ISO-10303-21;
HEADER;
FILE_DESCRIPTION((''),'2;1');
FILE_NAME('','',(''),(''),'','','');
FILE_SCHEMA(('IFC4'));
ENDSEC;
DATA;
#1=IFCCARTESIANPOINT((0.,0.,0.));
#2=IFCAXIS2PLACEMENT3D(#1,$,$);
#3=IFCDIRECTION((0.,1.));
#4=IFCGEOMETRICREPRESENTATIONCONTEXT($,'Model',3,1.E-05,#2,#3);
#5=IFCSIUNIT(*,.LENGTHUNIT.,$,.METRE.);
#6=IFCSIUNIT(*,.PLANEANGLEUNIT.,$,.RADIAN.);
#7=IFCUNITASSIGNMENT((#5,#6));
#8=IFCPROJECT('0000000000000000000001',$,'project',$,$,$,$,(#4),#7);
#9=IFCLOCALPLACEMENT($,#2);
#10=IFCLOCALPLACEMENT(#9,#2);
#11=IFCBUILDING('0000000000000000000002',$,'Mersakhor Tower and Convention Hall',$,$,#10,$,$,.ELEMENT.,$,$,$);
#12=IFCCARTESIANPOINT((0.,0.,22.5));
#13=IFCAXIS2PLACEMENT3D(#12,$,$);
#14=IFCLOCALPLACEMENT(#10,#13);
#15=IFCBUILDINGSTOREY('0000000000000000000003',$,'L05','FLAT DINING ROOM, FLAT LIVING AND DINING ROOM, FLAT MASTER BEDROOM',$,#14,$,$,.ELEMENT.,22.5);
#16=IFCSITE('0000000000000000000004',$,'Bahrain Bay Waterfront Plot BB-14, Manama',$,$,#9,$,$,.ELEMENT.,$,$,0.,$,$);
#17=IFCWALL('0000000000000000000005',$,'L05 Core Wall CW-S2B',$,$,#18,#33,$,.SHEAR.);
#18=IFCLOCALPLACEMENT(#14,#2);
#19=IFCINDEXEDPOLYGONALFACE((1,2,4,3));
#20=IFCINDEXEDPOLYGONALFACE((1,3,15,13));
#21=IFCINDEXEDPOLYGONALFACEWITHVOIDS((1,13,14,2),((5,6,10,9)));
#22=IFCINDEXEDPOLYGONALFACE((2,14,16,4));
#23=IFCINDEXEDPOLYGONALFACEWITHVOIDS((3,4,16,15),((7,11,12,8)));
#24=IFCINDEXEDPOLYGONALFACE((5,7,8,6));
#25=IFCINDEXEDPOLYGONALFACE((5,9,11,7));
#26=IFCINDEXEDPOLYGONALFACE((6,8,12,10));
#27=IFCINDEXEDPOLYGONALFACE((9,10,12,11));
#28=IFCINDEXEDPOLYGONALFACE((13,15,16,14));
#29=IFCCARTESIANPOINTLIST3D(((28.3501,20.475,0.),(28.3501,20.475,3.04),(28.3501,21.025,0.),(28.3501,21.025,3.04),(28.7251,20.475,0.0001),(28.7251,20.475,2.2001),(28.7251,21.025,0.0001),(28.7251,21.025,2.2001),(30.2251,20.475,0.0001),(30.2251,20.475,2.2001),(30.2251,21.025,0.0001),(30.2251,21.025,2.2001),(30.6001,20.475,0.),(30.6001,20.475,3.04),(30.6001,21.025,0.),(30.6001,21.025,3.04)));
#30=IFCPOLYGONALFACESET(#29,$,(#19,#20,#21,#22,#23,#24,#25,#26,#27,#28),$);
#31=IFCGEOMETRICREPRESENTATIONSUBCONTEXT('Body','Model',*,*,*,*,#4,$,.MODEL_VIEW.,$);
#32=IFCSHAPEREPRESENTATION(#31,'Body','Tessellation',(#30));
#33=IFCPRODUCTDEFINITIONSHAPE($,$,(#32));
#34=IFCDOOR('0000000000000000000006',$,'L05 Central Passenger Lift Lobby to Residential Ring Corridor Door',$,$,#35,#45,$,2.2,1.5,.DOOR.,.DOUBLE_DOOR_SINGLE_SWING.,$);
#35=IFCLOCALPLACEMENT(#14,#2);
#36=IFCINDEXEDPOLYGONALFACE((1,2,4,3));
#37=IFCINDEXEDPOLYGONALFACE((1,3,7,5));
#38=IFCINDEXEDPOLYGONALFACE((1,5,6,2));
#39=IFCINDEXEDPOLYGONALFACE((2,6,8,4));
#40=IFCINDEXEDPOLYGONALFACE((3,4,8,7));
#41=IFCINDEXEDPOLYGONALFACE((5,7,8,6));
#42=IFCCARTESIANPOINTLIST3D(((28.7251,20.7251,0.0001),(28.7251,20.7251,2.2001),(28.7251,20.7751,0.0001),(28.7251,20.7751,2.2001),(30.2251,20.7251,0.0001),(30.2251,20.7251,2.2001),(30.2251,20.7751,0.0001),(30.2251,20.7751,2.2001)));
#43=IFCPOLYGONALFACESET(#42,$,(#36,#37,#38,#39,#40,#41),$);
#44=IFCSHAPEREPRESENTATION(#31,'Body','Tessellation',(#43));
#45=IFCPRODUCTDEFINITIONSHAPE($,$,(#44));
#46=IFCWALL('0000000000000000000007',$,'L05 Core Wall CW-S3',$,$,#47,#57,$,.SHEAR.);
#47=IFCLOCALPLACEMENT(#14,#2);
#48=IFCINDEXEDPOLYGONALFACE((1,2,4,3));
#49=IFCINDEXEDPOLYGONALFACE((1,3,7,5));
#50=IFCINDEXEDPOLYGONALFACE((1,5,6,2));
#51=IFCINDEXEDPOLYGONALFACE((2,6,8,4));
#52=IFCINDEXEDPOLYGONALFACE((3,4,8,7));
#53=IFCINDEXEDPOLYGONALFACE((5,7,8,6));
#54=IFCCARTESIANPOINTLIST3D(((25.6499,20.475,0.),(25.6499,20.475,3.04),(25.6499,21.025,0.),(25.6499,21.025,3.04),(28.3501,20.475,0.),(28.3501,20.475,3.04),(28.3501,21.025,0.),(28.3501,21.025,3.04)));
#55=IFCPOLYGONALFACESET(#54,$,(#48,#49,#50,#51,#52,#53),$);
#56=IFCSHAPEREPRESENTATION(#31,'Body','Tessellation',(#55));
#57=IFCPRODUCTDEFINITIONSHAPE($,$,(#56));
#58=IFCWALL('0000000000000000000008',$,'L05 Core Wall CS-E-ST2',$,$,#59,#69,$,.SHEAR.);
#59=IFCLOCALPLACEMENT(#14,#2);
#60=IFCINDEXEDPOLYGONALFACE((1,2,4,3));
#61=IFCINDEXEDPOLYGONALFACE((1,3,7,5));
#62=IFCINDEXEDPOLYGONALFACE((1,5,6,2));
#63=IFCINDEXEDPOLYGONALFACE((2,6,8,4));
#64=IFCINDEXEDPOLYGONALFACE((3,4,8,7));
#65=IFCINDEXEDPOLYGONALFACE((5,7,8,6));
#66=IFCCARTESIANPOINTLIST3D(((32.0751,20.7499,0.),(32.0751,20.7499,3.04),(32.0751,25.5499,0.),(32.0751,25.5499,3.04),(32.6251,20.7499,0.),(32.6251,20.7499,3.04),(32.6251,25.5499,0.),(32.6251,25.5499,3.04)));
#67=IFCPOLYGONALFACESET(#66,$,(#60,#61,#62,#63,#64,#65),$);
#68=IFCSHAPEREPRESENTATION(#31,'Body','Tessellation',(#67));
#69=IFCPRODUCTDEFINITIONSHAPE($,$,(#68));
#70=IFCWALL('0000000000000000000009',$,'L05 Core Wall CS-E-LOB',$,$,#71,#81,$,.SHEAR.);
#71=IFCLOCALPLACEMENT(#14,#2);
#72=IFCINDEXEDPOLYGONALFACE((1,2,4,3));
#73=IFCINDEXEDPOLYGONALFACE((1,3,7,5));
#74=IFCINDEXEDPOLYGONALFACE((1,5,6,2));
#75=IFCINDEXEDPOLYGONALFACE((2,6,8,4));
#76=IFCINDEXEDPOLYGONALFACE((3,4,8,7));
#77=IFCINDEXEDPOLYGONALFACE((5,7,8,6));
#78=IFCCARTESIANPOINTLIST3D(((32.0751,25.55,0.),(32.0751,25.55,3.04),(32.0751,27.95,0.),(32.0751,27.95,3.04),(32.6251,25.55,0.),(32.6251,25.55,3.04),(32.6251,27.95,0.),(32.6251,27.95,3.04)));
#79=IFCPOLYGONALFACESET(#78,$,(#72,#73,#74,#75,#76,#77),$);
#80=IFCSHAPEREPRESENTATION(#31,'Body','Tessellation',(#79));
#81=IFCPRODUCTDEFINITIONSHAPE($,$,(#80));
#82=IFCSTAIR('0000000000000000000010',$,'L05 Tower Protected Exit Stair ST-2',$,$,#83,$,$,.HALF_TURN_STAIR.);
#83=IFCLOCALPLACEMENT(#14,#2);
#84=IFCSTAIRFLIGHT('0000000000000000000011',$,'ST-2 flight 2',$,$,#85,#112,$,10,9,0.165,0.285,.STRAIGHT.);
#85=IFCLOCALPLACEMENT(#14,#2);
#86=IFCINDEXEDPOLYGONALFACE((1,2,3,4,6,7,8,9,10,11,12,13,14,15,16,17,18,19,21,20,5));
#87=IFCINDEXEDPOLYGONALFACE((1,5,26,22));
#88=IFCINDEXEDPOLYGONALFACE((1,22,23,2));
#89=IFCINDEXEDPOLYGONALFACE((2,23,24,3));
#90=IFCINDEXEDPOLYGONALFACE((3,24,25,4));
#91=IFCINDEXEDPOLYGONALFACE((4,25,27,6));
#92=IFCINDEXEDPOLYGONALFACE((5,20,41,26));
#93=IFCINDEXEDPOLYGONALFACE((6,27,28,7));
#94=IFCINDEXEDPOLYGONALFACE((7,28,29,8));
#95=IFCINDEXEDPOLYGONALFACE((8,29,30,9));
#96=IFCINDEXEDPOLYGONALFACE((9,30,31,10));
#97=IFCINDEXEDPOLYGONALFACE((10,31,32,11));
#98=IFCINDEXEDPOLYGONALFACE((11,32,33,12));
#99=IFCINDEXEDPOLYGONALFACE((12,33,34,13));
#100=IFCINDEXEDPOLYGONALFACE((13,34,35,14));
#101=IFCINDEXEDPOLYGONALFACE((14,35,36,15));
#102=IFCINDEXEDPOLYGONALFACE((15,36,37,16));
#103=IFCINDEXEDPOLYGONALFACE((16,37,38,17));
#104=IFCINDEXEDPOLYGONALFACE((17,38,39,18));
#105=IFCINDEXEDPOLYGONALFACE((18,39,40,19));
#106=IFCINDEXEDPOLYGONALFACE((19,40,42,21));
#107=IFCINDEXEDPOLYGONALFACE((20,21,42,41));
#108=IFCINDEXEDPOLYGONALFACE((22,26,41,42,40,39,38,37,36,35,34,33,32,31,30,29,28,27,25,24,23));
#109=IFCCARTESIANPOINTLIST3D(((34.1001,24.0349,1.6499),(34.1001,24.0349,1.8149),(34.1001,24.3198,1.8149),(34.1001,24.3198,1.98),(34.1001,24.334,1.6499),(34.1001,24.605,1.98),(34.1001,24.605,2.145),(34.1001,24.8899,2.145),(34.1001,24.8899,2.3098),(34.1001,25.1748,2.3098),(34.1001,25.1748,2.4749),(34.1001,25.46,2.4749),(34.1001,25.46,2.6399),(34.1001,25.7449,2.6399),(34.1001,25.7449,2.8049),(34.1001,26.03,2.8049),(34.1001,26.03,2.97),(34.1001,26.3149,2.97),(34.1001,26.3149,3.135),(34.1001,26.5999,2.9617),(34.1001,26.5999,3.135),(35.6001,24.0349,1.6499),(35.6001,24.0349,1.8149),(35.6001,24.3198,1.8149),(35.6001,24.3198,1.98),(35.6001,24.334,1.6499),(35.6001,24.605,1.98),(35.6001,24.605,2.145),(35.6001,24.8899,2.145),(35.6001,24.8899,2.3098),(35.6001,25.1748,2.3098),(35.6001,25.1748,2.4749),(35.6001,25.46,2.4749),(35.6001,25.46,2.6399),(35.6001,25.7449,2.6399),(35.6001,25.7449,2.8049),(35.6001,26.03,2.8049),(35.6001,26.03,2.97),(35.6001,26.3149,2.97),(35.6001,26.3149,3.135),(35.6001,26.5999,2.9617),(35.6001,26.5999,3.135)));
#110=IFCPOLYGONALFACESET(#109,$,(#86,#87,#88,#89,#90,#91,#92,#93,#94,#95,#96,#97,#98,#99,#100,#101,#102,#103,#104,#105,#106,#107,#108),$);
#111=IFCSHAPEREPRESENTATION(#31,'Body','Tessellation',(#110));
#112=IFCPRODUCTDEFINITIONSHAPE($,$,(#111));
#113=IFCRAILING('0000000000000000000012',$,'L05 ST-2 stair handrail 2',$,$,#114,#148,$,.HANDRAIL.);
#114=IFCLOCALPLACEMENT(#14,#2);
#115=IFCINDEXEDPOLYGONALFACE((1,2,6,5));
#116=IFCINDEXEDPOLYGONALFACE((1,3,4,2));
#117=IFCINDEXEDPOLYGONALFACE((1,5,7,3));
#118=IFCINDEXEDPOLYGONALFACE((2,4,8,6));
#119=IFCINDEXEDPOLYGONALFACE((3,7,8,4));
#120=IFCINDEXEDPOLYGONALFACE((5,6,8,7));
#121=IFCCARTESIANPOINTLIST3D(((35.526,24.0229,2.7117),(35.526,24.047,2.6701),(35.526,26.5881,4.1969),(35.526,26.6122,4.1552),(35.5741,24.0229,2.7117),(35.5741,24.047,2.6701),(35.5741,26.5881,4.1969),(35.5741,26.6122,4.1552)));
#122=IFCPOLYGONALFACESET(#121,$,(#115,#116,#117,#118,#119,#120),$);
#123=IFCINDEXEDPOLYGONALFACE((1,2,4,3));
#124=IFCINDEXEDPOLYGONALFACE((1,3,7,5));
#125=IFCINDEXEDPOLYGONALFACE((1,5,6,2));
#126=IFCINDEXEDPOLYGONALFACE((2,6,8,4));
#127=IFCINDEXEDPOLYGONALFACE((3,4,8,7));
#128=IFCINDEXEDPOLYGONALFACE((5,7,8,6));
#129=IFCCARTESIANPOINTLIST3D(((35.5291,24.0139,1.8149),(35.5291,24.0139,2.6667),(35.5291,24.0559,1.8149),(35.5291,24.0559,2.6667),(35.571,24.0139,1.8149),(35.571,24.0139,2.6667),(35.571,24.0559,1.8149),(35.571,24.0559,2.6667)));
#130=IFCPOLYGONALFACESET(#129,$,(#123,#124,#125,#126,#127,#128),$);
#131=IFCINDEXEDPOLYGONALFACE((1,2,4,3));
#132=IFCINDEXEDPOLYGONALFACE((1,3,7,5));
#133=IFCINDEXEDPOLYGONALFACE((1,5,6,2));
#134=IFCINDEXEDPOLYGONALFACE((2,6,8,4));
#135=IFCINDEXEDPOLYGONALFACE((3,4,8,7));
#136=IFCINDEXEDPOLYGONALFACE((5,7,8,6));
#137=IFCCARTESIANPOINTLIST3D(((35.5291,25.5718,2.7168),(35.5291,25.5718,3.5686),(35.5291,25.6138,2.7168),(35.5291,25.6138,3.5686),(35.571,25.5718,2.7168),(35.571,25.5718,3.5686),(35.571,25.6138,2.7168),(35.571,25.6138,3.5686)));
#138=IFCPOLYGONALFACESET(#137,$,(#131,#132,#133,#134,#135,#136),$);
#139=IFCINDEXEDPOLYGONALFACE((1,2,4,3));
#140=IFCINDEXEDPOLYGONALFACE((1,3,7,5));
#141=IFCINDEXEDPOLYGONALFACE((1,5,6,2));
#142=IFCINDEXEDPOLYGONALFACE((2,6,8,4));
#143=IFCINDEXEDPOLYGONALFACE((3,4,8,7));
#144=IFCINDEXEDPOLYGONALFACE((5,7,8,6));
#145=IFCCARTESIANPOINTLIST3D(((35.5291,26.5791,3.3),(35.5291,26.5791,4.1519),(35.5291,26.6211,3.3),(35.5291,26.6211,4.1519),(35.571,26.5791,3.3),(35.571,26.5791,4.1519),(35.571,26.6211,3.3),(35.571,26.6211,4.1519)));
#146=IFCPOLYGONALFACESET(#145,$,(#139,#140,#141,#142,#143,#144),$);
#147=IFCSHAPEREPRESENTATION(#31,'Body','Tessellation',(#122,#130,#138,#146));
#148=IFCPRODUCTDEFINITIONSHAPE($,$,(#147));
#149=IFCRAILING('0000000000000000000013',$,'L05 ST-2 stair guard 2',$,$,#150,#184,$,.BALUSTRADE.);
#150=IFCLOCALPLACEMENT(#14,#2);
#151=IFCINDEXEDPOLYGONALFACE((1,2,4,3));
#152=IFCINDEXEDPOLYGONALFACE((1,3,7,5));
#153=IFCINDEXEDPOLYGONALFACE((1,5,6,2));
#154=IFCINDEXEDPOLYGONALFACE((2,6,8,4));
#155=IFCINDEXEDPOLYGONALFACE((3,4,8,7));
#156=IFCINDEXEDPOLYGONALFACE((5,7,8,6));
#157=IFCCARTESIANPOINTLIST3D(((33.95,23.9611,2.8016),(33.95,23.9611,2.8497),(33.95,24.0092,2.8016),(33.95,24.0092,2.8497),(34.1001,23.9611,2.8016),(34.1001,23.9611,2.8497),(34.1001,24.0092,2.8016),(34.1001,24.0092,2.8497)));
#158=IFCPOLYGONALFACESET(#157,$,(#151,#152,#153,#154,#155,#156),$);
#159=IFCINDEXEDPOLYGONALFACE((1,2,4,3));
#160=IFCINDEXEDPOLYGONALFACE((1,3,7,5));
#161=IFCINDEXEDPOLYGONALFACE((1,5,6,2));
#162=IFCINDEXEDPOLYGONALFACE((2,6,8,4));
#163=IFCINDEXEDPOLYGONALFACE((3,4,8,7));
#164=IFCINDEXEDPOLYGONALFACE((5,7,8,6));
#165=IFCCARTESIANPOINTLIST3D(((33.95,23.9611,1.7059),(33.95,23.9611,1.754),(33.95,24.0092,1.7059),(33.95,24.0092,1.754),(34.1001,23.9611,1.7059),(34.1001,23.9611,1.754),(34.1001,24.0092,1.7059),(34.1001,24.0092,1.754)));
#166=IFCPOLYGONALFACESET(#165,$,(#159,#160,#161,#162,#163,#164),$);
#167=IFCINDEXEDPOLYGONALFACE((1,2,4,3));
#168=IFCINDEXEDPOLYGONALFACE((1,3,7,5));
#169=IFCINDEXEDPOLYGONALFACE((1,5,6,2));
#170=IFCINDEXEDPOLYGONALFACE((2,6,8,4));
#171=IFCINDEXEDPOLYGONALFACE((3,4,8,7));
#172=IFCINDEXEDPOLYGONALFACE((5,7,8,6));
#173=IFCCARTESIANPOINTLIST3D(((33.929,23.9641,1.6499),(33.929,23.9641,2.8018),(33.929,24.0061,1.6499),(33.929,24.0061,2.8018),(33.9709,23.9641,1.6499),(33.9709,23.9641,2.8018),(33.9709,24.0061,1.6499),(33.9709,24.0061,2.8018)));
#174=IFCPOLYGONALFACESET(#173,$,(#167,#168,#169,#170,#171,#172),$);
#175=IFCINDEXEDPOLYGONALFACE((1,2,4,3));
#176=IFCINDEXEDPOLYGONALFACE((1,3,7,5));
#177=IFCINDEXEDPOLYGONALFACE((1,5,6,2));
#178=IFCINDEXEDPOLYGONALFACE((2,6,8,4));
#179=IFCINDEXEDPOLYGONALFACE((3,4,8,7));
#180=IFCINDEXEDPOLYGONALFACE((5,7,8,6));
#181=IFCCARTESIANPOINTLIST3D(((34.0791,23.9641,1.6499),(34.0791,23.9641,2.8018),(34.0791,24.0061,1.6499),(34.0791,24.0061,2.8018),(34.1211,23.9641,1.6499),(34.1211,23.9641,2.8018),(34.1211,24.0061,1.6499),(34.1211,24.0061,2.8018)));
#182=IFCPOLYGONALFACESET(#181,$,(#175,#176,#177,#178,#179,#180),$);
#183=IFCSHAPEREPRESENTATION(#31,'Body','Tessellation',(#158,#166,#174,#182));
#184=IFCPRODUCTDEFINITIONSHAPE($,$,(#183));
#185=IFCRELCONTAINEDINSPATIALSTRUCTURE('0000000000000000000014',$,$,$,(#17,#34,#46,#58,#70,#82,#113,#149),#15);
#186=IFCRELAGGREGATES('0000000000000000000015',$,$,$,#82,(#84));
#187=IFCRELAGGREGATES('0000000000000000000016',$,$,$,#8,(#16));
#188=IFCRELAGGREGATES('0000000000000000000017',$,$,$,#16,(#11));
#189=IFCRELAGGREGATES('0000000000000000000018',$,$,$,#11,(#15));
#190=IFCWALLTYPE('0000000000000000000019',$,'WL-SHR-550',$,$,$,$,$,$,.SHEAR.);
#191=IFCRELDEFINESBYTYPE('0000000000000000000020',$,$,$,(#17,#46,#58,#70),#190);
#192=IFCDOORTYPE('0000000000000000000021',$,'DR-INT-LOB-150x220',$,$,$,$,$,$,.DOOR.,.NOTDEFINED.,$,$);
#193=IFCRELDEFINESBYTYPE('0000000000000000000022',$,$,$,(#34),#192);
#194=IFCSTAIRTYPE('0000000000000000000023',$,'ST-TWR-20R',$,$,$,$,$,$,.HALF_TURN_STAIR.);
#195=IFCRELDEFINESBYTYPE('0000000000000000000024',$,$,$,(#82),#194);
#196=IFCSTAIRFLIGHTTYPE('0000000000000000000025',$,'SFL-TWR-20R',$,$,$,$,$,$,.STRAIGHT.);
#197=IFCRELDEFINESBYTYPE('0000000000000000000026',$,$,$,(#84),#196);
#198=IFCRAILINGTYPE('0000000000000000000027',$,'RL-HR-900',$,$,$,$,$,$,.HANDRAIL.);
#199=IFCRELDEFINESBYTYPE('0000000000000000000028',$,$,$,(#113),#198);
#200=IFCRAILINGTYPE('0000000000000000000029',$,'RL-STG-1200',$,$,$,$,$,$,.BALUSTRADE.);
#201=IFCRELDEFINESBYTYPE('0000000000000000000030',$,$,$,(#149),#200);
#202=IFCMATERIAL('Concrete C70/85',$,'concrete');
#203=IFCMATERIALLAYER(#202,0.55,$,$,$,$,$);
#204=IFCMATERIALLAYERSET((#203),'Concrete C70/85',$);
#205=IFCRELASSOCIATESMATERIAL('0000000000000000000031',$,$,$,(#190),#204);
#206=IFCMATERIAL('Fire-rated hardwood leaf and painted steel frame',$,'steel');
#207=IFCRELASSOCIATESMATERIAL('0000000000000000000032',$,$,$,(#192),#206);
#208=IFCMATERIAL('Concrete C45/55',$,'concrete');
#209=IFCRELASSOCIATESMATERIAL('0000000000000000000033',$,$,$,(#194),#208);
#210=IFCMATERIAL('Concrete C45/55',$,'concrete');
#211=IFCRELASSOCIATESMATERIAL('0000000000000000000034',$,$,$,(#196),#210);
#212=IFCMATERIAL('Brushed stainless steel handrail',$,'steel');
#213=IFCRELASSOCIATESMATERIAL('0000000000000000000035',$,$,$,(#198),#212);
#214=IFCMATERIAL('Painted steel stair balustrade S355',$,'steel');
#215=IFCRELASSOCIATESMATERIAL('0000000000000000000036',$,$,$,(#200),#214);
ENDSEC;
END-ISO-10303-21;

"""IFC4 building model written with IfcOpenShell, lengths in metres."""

from ifc_helpers import new_model, si_unit, direction, frame, frame_2d, origin, origin_2d, place, context, subcontext, project, spatial, polyline, rectangle, outline, extrude, material, layer, layer_set, type_object, element, fill, aggregate, save


model = new_model("IFC4")

# Units and contexts
model_context = context("Model", 3, precision=1e-05, world=origin(), true_north=direction((0.0, 1.0)))
body_context = subcontext(model_context, "Body", "Model", "MODEL_VIEW")
ifc_project = project(units=[si_unit("LENGTHUNIT", "METRE"), si_unit("PLANEANGLEUNIT", "RADIAN")], contexts=[model_context])

# Site, building, storey
site_placement = place(None, origin())
site = spatial("IfcSite", under=ifc_project, at=site_placement, Name="Bahrain Bay Waterfront Plot BB-14, Manama", CompositionType="ELEMENT", RefElevation=0.0)
building_placement = place(site_placement, origin())
building = spatial("IfcBuilding", under=site, at=building_placement, Name="Mersakhor Tower and Convention Hall", CompositionType="ELEMENT")
storey_placement = place(building_placement, frame((0.0, 0.0, 22.5)))
storey = spatial("IfcBuildingStorey", under=building, at=storey_placement, Name="L05", Description="FLAT DINING ROOM, FLAT LIVING AND DINING ROOM, FLAT MASTER BEDROOM", CompositionType="ELEMENT", Elevation=22.5)

# Shared definitions
ifc_material_1 = material(Name="Concrete C70/85", Category="concrete")
ifc_layer_1 = layer(ifc_material_1, 0.55)
ifc_layer_set_1 = layer_set([ifc_layer_1], Name="Concrete C70/85")
wall_type_1 = type_object("IfcWallType", Name="WL-SHR-550", PredefinedType="SHEAR", material=ifc_layer_set_1)

# Wall, opening, door
wall_1_placement = place(storey_placement, frame((30.6001, 20.75, 0.0), z_axis=(0.0, 0.0, 1.0), x_axis=(-1.0, 0.0, 0.0)))
wall_1 = element("IfcWall", 1, at=wall_1_placement, inside=storey, type_object=wall_type_1, Name="L05 Core Wall CW-S2B", PredefinedType="SHEAR", context=body_context, shape_type="SweptSolid", body=[
    extrude(rectangle(XDim=2.25, YDim=0.55, at=frame_2d((1.125, 0.0))), origin(), (0.0, 0.0, 1.0), 3.04),
])
opening_1_placement = place(wall_1_placement, frame((0.375, 0.0, 0.0)))
opening_1 = element("IfcOpeningElement", 2, at=opening_1_placement, cuts=wall_1, PredefinedType="OPENING", context=body_context, shape_type="SweptSolid", body=[
    extrude(rectangle(XDim=1.5, YDim=2.2, at=frame_2d((0.75, 1.1001))), frame((0.0, 0.2849, 0.0), z_axis=(0.0, -1.0, 0.0), x_axis=(1.0, 0.0, 0.0)), (0.0, 0.0, 1.0), 0.5701),
])
ifc_material_2 = material(Name="Fire-rated hardwood leaf and painted steel frame", Category="steel")
door_type_1 = type_object("IfcDoorType", Name="DR-INT-LOB-150x220", OperationType="NOTDEFINED", PredefinedType="DOOR", material=ifc_material_2)
door_1_placement = place(opening_1_placement, origin())
door_1 = element("IfcDoor", 3, at=door_1_placement, inside=storey, type_object=door_type_1, Name="L05 Central Passenger Lift Lobby to Residential Ring Corridor Door", OperationType="DOUBLE_DOOR_SINGLE_SWING", OverallHeight=2.2, OverallWidth=1.5, PredefinedType="DOOR", context=body_context, shape_type="SweptSolid", body=[
    extrude(rectangle(XDim=1.5, YDim=2.2, at=frame_2d((0.75, 1.1001))), frame((0.0, 0.0249, 0.0), z_axis=(0.0, -1.0, 0.0), x_axis=(1.0, 0.0, 0.0)), (0.0, 0.0, 1.0), 0.05),
])
fill(opening_1, door_1)

# Walls
wall_2_placement = place(storey_placement, frame((28.3501, 20.75, 0.0), z_axis=(0.0, 0.0, 1.0), x_axis=(-1.0, 0.0, 0.0)))
element("IfcWall", 4, at=wall_2_placement, inside=storey, type_object=wall_type_1, Name="L05 Core Wall CW-S3", PredefinedType="SHEAR", context=body_context, shape_type="SweptSolid", body=[
    extrude(rectangle(XDim=2.7002, YDim=0.55, at=frame_2d((1.3501, 0.0))), origin(), (0.0, 0.0, 1.0), 3.04),
])
wall_3_placement = place(storey_placement, frame((32.3501, 20.75, 0.0), z_axis=(0.0, 0.0, 1.0), x_axis=(0.0, 1.0, 0.0)))
element("IfcWall", 5, at=wall_3_placement, inside=storey, type_object=wall_type_1, Name="L05 Core Wall CS-E-ST2", PredefinedType="SHEAR", context=body_context, shape_type="SweptSolid", body=[
    extrude(rectangle(XDim=4.8, YDim=0.55, at=frame_2d((2.3999, 0.0))), origin(), (0.0, 0.0, 1.0), 3.04),
])
wall_4_placement = place(storey_placement, frame((32.3501, 25.55, 0.0), z_axis=(0.0, 0.0, 1.0), x_axis=(0.0, 1.0, 0.0)))
element("IfcWall", 6, at=wall_4_placement, inside=storey, type_object=wall_type_1, Name="L05 Core Wall CS-E-LOB", PredefinedType="SHEAR", context=body_context, shape_type="SweptSolid", body=[
    extrude(rectangle(XDim=2.3999, YDim=0.55, at=frame_2d((1.2, 0.0))), origin(), (0.0, 0.0, 1.0), 3.04),
])

# Stair, stair flight
ifc_material_3 = material(Name="Concrete C45/55", Category="concrete")
stair_type = type_object("IfcStairType", Name="ST-TWR-20R", PredefinedType="HALF_TURN_STAIR", material=ifc_material_3)
stair_placement = place(storey_placement, origin())
stair = element("IfcStair", 7, at=stair_placement, inside=storey, type_object=stair_type, Name="L05 Tower Protected Exit Stair ST-2", PredefinedType="HALF_TURN_STAIR")
ifc_material_4 = material(Name="Concrete C45/55", Category="concrete")
stair_flight_type = type_object("IfcStairFlightType", Name="SFL-TWR-20R", PredefinedType="STRAIGHT", material=ifc_material_4)
stair_flight_placement = place(storey_placement, frame((34.8501, 24.0349, 1.6499), z_axis=(0.0, 0.0, 1.0), x_axis=(0.0, 1.0, 0.0)))
stair_flight = element("IfcStairFlight", 8, at=stair_flight_placement, type_object=stair_flight_type, Name="ST-2 flight 2", NumberOfRisers=10, NumberOfTreads=9, PredefinedType="STRAIGHT", RiserHeight=0.165, TreadLength=0.285, context=body_context, shape_type="SweptSolid", body=[
    extrude(outline(polyline([(0.0, 0.0), (0.0, 0.165), (0.2849, 0.165), (0.2849, 0.3301), (0.5701, 0.3301), (0.5701, 0.4951), (0.855, 0.4951), (0.855, 0.6599), (1.1399, 0.6599), (1.1399, 0.825), (1.425, 0.825), (1.425, 0.99), (1.71, 0.99), (1.71, 1.155), (1.9951, 1.155), (1.9951, 1.3201), (2.28, 1.3201), (2.28, 1.4851), (2.5649, 1.4851), (2.5649, 1.6499), (2.5649, 1.3118), (0.2991, 0.0), (0.0, 0.0)])), frame((0.0, 0.75, 0.0), z_axis=(0.0, -1.0, 0.0), x_axis=(1.0, 0.0, 0.0)), (0.0, 0.0, 1.0), 1.5),
])
aggregate(stair, [stair_flight])

# Railings
ifc_material_5 = material(Name="Brushed stainless steel handrail", Category="steel")
railing_type_1 = type_object("IfcRailingType", Name="RL-HR-900", PredefinedType="HANDRAIL", material=ifc_material_5)
railing_1_placement = place(storey_placement, frame((35.55, 24.0349, 1.8149)))
element("IfcRailing", 9, at=railing_1_placement, inside=storey, type_object=railing_type_1, Name="L05 ST-2 stair handrail 2", PredefinedType="HANDRAIL", context=body_context, shape_type="SweptSolid", body=[
    extrude(rectangle(XDim=0.0481, YDim=0.0481, at=origin_2d()), frame((0.0, 0.0, 0.876), z_axis=(0.0, 0.865426, 0.501036), x_axis=(-1.0, 0.0, 0.0)), (0.0, 0.0, 1.0), 2.9641),
    extrude(rectangle(XDim=0.042, YDim=0.042, at=origin_2d()), origin(), (0.0, 0.0, 1.0), 0.8518),
    extrude(rectangle(XDim=0.042, YDim=0.042, at=origin_2d()), frame((0.0, 1.5579, 0.9019)), (0.0, 0.0, 1.0), 0.8518),
    extrude(rectangle(XDim=0.042, YDim=0.042, at=origin_2d()), frame((0.0, 2.5652, 1.4851)), (0.0, 0.0, 1.0), 0.8518),
])
ifc_material_6 = material(Name="Painted steel stair balustrade S355", Category="steel")
railing_type_2 = type_object("IfcRailingType", Name="RL-STG-1200", PredefinedType="BALUSTRADE", material=ifc_material_6)
railing_2_placement = place(storey_placement, frame((33.95, 23.9851, 1.6499)))
element("IfcRailing", 10, at=railing_2_placement, inside=storey, type_object=railing_type_2, Name="L05 ST-2 stair guard 2", PredefinedType="BALUSTRADE", context=body_context, shape_type="SweptSolid", body=[
    extrude(rectangle(XDim=0.0481, YDim=0.0481, at=origin_2d()), frame((0.0, 0.0, 1.1758), z_axis=(1.0, 0.0, 0.0), x_axis=(0.0, 1.0, 0.0)), (0.0, 0.0, 1.0), 0.1501),
    extrude(rectangle(XDim=0.0481, YDim=0.0481, at=origin_2d()), frame((0.0, 0.0, 0.0801), z_axis=(1.0, 0.0, 0.0), x_axis=(0.0, 1.0, 0.0)), (0.0, 0.0, 1.0), 0.1501),
    extrude(rectangle(XDim=0.042, YDim=0.042, at=origin_2d()), origin(), (0.0, 0.0, 1.0), 1.1519),
    extrude(rectangle(XDim=0.042, YDim=0.042, at=origin_2d()), frame((0.1501, 0.0, 0.0)), (0.0, 0.0, 1.0), 1.1519),
])

save(model, "model.ifc")
